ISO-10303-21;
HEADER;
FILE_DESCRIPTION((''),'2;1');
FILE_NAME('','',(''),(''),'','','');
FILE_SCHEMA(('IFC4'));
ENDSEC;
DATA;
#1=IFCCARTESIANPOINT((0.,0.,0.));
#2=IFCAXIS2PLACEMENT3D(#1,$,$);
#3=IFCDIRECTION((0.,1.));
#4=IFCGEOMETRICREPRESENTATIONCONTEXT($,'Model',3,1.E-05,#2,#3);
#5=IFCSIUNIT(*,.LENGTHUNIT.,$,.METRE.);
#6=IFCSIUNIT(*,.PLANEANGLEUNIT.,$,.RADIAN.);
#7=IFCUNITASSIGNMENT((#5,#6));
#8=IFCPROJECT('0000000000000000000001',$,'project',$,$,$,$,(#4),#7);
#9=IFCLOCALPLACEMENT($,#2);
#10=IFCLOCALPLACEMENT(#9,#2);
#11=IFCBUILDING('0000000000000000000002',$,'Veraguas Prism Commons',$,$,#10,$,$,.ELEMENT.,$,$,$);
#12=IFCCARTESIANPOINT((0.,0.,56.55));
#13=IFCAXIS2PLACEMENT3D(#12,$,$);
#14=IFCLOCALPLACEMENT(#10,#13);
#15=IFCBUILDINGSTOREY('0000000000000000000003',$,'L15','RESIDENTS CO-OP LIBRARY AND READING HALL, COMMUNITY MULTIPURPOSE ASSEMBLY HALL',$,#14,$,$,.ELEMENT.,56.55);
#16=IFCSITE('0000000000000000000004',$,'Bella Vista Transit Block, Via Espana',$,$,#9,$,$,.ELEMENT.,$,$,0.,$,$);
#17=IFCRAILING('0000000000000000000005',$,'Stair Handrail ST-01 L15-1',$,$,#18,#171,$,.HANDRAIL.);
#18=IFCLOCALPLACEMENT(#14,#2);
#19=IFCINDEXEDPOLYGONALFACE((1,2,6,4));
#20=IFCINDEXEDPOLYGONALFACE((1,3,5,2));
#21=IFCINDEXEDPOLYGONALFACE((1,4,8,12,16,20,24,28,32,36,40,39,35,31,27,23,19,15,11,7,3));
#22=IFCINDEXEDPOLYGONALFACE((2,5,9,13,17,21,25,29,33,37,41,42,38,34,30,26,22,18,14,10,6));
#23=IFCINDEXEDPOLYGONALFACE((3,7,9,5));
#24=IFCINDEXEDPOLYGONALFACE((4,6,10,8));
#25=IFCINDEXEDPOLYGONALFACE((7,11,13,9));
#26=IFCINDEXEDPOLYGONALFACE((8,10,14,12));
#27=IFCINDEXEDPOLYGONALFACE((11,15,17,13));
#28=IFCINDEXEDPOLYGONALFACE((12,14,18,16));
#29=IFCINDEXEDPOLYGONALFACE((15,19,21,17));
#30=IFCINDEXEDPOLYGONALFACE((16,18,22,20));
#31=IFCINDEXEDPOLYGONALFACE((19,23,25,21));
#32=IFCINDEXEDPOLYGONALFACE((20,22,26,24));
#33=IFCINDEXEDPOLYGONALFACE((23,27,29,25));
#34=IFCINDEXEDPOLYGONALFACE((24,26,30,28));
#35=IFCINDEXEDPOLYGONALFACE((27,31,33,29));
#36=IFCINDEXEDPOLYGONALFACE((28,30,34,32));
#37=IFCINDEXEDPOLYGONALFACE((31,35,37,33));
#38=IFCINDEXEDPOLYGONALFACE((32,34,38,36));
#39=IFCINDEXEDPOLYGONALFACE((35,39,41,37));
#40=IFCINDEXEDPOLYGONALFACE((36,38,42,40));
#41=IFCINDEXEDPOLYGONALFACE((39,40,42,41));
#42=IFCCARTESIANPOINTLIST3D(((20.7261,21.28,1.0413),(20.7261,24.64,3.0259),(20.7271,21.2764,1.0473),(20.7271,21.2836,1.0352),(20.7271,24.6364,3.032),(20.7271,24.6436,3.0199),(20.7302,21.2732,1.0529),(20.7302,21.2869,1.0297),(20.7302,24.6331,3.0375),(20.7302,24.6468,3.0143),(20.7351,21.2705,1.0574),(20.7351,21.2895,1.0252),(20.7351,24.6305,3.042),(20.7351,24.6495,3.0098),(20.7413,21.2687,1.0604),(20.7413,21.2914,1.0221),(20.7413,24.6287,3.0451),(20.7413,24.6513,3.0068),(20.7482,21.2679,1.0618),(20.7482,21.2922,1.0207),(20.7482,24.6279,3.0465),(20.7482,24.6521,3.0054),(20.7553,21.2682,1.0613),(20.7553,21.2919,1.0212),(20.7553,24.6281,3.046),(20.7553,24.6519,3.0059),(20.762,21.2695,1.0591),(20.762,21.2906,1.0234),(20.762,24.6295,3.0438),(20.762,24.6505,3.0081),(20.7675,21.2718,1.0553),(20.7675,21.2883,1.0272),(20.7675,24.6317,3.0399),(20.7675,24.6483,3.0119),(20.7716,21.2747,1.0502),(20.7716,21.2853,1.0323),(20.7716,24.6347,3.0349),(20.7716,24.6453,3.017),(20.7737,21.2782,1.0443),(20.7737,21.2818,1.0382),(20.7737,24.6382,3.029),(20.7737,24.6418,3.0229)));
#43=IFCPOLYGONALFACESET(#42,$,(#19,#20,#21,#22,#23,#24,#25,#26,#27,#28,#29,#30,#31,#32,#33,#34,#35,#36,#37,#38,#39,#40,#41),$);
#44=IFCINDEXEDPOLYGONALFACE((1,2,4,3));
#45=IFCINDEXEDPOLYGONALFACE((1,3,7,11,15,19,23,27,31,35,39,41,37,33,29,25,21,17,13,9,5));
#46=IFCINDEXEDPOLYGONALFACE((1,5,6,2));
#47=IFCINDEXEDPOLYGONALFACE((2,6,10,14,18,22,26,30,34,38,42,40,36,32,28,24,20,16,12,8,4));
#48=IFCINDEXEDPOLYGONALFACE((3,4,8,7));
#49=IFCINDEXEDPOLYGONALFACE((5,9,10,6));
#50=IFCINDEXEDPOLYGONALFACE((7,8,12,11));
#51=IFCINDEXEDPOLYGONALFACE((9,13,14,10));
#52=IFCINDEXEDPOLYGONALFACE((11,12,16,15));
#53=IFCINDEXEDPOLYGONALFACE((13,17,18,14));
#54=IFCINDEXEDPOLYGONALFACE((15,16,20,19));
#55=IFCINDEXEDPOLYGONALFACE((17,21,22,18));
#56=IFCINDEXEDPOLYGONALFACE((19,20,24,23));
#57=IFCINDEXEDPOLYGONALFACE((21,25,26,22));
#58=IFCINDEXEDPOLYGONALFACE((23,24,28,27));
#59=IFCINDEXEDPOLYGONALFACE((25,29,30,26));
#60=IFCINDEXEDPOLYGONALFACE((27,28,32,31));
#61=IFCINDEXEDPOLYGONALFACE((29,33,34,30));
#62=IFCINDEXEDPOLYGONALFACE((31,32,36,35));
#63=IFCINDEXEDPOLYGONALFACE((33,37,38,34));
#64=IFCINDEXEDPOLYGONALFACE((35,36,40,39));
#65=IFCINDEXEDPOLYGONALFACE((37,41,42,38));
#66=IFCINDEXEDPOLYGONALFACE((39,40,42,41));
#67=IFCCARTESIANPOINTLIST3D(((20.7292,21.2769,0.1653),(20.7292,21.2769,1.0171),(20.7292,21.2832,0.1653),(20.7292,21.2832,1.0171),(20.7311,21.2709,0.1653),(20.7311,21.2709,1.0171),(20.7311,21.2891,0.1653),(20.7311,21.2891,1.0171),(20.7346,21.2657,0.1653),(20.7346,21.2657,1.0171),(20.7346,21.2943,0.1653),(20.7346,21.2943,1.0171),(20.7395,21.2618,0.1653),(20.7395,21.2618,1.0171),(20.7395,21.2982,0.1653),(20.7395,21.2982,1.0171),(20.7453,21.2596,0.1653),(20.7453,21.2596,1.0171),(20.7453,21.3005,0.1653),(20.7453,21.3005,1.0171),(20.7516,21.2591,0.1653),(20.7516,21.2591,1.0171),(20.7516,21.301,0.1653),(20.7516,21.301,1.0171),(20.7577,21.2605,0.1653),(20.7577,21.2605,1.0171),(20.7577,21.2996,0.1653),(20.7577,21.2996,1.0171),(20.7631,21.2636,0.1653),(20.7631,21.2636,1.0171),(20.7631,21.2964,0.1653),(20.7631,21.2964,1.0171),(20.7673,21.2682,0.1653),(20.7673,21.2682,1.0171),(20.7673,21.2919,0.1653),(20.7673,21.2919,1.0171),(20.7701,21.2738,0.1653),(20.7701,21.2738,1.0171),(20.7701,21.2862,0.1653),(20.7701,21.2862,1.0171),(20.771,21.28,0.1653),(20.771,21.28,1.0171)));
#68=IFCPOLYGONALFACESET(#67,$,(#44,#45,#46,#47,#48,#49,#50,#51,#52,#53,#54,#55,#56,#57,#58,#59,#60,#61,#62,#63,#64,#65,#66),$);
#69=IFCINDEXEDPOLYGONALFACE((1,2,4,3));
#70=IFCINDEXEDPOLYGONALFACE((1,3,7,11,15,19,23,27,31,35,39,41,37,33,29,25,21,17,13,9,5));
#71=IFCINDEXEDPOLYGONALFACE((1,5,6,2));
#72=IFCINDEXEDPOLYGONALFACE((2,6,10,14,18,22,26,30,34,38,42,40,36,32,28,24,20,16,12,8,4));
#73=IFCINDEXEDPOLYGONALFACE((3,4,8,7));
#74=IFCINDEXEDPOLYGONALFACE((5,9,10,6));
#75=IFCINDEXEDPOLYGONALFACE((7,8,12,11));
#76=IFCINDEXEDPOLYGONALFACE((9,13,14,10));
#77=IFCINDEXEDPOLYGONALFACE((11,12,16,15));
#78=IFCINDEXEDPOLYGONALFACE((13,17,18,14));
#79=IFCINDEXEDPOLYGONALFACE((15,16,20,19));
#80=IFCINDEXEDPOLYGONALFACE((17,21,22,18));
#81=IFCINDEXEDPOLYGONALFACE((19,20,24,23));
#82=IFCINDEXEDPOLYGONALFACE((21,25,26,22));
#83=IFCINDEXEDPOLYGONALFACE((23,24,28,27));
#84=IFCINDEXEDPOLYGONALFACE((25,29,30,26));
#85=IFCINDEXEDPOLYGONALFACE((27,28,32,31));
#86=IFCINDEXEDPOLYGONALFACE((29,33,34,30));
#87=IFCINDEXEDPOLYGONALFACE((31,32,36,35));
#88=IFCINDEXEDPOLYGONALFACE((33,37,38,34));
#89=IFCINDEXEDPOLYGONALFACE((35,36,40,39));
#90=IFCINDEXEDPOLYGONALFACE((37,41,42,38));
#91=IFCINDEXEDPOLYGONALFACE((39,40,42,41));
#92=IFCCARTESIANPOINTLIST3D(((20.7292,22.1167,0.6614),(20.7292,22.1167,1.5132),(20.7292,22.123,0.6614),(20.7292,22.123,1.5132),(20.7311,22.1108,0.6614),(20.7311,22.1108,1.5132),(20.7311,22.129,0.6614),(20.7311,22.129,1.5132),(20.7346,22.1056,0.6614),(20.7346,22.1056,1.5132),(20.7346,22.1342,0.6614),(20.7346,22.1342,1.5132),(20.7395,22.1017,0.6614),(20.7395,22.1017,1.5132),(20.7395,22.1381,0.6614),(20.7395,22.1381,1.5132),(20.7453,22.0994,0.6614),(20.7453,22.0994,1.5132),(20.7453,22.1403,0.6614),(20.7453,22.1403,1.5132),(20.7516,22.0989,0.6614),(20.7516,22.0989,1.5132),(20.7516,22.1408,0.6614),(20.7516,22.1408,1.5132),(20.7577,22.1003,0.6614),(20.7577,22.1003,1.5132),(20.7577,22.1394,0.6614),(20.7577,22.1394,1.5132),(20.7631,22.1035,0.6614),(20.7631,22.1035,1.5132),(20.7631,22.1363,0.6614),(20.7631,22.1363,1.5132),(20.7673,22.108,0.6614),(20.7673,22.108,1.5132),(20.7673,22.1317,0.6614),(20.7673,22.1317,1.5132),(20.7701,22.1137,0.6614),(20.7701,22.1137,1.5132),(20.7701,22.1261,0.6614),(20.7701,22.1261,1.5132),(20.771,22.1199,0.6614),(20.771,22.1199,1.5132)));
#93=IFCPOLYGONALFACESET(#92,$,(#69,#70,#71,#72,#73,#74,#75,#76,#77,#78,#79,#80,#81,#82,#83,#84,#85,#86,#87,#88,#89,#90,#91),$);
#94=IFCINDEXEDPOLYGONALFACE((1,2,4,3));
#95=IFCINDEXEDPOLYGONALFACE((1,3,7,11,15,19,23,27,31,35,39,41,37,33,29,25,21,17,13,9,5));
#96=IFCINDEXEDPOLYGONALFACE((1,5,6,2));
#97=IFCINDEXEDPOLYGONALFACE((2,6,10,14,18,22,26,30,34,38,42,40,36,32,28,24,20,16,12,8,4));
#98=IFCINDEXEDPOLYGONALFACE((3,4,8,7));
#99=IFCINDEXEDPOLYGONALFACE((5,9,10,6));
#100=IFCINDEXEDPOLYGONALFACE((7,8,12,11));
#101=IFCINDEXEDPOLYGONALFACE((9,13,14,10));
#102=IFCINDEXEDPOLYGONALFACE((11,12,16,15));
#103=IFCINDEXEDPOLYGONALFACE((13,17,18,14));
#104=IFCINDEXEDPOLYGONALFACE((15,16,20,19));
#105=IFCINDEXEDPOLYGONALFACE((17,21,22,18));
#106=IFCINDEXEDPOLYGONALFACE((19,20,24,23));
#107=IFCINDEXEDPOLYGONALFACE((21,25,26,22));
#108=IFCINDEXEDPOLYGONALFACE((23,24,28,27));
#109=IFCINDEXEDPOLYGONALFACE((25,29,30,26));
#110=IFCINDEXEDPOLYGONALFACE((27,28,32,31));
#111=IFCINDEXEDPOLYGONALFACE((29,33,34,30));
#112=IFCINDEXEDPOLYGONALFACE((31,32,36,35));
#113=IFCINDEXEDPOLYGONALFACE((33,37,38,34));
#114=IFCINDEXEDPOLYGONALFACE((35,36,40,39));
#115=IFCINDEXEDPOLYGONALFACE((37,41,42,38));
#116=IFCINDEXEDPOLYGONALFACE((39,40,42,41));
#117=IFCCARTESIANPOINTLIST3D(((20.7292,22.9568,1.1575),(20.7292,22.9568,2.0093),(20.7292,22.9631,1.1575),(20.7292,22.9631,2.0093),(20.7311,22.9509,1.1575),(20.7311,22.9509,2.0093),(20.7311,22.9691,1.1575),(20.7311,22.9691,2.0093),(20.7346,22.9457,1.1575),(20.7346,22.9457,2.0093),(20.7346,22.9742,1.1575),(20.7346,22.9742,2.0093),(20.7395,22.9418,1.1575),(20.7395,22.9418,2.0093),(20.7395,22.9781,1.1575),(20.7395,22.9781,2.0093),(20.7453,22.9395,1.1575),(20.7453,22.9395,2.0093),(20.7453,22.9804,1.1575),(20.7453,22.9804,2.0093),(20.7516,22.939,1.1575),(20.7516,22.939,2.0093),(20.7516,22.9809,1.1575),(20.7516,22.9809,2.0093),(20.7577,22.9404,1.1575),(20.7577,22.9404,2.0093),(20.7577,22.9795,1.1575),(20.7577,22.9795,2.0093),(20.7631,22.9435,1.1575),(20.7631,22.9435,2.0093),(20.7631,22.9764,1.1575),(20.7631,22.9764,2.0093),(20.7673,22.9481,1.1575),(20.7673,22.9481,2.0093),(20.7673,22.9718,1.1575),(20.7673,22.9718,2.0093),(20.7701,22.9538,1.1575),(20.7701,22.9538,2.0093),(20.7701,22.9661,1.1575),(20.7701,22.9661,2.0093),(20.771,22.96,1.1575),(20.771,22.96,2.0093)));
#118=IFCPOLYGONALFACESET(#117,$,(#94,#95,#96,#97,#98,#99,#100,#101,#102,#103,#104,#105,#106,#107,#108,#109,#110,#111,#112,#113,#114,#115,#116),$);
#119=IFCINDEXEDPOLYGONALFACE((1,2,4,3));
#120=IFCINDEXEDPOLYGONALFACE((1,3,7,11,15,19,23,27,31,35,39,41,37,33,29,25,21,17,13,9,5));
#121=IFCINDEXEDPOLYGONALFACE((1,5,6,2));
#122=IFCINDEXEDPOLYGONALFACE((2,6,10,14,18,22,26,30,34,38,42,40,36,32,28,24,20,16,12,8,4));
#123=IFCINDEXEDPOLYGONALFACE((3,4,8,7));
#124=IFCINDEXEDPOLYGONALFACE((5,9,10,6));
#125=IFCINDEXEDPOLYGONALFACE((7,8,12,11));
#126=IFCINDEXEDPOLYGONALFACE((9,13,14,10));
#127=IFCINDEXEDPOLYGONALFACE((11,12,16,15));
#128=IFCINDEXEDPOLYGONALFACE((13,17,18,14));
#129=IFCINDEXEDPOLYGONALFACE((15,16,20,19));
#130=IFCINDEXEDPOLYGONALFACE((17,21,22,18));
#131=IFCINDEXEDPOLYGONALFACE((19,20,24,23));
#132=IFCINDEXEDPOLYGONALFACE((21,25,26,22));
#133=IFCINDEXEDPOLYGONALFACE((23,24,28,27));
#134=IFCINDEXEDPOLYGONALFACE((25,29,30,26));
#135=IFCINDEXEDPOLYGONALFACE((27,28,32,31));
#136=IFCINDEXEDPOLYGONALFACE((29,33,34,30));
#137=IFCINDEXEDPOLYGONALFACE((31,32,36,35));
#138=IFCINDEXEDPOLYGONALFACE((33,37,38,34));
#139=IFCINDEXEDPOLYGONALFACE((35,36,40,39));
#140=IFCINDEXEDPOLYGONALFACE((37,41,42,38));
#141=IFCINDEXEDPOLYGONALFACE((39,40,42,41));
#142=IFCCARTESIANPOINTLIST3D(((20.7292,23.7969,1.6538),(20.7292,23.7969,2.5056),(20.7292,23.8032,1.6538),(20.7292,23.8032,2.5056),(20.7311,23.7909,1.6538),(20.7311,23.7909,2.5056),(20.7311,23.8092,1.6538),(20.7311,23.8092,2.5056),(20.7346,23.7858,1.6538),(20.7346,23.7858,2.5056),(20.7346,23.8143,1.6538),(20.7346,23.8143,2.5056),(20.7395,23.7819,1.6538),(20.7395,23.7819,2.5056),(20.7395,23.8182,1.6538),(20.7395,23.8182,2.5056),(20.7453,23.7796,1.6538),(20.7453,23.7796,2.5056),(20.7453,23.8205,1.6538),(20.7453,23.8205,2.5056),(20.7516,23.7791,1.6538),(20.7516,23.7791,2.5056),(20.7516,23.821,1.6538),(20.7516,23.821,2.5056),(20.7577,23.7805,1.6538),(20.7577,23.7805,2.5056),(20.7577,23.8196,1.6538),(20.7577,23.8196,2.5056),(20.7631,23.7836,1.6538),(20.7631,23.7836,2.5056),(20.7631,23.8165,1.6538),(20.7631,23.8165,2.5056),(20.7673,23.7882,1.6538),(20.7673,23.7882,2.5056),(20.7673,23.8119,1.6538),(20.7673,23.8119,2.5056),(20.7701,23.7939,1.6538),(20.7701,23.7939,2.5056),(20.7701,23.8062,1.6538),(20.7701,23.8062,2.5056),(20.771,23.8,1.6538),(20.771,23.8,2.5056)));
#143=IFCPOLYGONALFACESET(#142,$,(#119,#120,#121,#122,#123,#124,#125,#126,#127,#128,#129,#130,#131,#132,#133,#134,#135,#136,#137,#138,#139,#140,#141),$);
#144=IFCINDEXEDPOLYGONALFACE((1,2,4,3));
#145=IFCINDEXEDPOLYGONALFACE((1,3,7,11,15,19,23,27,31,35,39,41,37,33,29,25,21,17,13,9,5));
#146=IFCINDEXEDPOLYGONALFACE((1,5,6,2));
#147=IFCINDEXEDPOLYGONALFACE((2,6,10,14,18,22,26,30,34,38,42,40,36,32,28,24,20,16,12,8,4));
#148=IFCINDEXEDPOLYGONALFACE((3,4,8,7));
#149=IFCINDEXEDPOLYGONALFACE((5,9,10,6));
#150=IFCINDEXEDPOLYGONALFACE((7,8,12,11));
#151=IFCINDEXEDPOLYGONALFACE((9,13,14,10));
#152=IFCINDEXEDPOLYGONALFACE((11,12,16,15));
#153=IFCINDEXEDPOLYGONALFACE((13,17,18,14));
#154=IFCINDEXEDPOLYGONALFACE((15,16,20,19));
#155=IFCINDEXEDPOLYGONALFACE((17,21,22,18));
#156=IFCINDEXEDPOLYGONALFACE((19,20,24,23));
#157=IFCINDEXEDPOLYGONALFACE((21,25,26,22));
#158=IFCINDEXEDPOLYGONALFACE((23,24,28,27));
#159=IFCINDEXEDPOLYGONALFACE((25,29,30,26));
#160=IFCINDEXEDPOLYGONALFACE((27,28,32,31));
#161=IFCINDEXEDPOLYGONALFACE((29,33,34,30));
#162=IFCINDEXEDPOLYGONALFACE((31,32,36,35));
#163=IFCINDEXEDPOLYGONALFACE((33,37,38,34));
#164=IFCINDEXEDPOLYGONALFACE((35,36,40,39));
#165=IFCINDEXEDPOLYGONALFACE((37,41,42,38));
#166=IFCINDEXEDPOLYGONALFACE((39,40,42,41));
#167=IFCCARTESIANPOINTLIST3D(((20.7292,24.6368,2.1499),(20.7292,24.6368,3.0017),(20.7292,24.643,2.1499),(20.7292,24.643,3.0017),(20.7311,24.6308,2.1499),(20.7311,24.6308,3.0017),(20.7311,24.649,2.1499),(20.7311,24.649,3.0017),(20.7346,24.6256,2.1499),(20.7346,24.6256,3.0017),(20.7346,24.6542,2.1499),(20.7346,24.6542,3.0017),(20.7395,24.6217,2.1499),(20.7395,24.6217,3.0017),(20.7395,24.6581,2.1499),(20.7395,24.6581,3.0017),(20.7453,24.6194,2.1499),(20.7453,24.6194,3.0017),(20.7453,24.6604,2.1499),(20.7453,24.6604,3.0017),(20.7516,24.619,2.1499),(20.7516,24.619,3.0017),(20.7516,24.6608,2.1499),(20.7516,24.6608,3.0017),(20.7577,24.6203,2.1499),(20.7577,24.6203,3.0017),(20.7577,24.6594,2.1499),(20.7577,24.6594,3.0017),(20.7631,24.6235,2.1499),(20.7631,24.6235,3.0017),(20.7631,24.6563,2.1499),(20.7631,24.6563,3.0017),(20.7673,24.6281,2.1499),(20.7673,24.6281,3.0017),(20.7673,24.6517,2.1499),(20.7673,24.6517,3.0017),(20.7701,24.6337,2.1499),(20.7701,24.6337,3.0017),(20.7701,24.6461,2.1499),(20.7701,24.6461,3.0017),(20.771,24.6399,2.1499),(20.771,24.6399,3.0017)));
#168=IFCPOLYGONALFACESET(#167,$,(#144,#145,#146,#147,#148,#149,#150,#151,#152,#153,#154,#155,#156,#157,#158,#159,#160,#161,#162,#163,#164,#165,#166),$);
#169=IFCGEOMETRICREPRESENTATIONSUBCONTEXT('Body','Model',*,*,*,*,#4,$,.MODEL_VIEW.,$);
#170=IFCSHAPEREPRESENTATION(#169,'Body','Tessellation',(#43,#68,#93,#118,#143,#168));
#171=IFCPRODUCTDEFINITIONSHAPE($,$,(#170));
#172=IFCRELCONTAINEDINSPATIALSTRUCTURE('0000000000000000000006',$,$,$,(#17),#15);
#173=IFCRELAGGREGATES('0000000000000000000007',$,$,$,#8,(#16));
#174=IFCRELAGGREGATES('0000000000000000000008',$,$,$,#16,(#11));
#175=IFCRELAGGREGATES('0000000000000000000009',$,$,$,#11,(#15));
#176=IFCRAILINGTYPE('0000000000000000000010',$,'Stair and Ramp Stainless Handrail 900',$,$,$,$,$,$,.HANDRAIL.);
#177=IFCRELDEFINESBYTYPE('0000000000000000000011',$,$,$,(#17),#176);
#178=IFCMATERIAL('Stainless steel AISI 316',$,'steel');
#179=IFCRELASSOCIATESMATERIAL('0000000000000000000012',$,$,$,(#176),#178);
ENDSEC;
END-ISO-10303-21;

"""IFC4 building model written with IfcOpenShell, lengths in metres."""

from ifc_helpers import new_model, si_unit, direction, frame, origin, origin_2d, place, context, subcontext, project, spatial, circle, extrude, material, type_object, element, save


model = new_model("IFC4")

# Units and contexts
model_context = context("Model", 3, precision=1e-05, world=origin(), true_north=direction((0.0, 1.0)))
body_context = subcontext(model_context, "Body", "Model", "MODEL_VIEW")
ifc_project = project(units=[si_unit("LENGTHUNIT", "METRE"), si_unit("PLANEANGLEUNIT", "RADIAN")], contexts=[model_context])

# Site, building, storey
site_placement = place(None, origin())
site = spatial("IfcSite", under=ifc_project, at=site_placement, Name="Bella Vista Transit Block, Via Espana", CompositionType="ELEMENT", RefElevation=0.0)
building_placement = place(site_placement, origin())
building = spatial("IfcBuilding", under=site, at=building_placement, Name="Veraguas Prism Commons", CompositionType="ELEMENT")
storey_placement = place(building_placement, frame((0.0, 0.0, 56.55)))
storey = spatial("IfcBuildingStorey", under=building, at=storey_placement, Name="L15", Description="RESIDENTS CO-OP LIBRARY AND READING HALL, COMMUNITY MULTIPURPOSE ASSEMBLY HALL", CompositionType="ELEMENT", Elevation=56.55)

# Shared definitions
ifc_material_1 = material(Name="Stainless steel AISI 316", Category="steel")

# Railing
railing_type_1 = type_object("IfcRailingType", Name="Stair and Ramp Stainless Handrail 900", PredefinedType="HANDRAIL", material=ifc_material_1)
railing_1_placement = place(storey_placement, frame((20.75, 21.28, 0.1653)))
element("IfcRailing", 1, at=railing_1_placement, inside=storey, type_object=railing_type_1, Name="Stair Handrail ST-01 L15-1", PredefinedType="HANDRAIL", context=body_context, shape_type="SweptSolid", body=[
    extrude(circle(Radius=0.0239, at=origin_2d()), frame((0.0, 0.0, 0.876), z_axis=(0.0, 0.861011, 0.508586), x_axis=(-1.0, 0.0, 0.0)), (0.0, 0.0, 1.0), 3.9023),
    extrude(circle(Radius=0.021, at=origin_2d()), origin(), (0.0, 0.0, 1.0), 0.8518),
    extrude(circle(Radius=0.021, at=origin_2d()), frame((0.0, 0.8398, 0.4961)), (0.0, 0.0, 1.0), 0.8518),
    extrude(circle(Radius=0.021, at=origin_2d()), frame((0.0, 1.6799, 0.9922)), (0.0, 0.0, 1.0), 0.8518),
    extrude(circle(Radius=0.021, at=origin_2d()), frame((0.0, 2.52, 1.4885)), (0.0, 0.0, 1.0), 0.8518),
    extrude(circle(Radius=0.021, at=origin_2d()), frame((0.0, 3.3599, 1.9846)), (0.0, 0.0, 1.0), 0.8518),
])

save(model, "model.ifc")
